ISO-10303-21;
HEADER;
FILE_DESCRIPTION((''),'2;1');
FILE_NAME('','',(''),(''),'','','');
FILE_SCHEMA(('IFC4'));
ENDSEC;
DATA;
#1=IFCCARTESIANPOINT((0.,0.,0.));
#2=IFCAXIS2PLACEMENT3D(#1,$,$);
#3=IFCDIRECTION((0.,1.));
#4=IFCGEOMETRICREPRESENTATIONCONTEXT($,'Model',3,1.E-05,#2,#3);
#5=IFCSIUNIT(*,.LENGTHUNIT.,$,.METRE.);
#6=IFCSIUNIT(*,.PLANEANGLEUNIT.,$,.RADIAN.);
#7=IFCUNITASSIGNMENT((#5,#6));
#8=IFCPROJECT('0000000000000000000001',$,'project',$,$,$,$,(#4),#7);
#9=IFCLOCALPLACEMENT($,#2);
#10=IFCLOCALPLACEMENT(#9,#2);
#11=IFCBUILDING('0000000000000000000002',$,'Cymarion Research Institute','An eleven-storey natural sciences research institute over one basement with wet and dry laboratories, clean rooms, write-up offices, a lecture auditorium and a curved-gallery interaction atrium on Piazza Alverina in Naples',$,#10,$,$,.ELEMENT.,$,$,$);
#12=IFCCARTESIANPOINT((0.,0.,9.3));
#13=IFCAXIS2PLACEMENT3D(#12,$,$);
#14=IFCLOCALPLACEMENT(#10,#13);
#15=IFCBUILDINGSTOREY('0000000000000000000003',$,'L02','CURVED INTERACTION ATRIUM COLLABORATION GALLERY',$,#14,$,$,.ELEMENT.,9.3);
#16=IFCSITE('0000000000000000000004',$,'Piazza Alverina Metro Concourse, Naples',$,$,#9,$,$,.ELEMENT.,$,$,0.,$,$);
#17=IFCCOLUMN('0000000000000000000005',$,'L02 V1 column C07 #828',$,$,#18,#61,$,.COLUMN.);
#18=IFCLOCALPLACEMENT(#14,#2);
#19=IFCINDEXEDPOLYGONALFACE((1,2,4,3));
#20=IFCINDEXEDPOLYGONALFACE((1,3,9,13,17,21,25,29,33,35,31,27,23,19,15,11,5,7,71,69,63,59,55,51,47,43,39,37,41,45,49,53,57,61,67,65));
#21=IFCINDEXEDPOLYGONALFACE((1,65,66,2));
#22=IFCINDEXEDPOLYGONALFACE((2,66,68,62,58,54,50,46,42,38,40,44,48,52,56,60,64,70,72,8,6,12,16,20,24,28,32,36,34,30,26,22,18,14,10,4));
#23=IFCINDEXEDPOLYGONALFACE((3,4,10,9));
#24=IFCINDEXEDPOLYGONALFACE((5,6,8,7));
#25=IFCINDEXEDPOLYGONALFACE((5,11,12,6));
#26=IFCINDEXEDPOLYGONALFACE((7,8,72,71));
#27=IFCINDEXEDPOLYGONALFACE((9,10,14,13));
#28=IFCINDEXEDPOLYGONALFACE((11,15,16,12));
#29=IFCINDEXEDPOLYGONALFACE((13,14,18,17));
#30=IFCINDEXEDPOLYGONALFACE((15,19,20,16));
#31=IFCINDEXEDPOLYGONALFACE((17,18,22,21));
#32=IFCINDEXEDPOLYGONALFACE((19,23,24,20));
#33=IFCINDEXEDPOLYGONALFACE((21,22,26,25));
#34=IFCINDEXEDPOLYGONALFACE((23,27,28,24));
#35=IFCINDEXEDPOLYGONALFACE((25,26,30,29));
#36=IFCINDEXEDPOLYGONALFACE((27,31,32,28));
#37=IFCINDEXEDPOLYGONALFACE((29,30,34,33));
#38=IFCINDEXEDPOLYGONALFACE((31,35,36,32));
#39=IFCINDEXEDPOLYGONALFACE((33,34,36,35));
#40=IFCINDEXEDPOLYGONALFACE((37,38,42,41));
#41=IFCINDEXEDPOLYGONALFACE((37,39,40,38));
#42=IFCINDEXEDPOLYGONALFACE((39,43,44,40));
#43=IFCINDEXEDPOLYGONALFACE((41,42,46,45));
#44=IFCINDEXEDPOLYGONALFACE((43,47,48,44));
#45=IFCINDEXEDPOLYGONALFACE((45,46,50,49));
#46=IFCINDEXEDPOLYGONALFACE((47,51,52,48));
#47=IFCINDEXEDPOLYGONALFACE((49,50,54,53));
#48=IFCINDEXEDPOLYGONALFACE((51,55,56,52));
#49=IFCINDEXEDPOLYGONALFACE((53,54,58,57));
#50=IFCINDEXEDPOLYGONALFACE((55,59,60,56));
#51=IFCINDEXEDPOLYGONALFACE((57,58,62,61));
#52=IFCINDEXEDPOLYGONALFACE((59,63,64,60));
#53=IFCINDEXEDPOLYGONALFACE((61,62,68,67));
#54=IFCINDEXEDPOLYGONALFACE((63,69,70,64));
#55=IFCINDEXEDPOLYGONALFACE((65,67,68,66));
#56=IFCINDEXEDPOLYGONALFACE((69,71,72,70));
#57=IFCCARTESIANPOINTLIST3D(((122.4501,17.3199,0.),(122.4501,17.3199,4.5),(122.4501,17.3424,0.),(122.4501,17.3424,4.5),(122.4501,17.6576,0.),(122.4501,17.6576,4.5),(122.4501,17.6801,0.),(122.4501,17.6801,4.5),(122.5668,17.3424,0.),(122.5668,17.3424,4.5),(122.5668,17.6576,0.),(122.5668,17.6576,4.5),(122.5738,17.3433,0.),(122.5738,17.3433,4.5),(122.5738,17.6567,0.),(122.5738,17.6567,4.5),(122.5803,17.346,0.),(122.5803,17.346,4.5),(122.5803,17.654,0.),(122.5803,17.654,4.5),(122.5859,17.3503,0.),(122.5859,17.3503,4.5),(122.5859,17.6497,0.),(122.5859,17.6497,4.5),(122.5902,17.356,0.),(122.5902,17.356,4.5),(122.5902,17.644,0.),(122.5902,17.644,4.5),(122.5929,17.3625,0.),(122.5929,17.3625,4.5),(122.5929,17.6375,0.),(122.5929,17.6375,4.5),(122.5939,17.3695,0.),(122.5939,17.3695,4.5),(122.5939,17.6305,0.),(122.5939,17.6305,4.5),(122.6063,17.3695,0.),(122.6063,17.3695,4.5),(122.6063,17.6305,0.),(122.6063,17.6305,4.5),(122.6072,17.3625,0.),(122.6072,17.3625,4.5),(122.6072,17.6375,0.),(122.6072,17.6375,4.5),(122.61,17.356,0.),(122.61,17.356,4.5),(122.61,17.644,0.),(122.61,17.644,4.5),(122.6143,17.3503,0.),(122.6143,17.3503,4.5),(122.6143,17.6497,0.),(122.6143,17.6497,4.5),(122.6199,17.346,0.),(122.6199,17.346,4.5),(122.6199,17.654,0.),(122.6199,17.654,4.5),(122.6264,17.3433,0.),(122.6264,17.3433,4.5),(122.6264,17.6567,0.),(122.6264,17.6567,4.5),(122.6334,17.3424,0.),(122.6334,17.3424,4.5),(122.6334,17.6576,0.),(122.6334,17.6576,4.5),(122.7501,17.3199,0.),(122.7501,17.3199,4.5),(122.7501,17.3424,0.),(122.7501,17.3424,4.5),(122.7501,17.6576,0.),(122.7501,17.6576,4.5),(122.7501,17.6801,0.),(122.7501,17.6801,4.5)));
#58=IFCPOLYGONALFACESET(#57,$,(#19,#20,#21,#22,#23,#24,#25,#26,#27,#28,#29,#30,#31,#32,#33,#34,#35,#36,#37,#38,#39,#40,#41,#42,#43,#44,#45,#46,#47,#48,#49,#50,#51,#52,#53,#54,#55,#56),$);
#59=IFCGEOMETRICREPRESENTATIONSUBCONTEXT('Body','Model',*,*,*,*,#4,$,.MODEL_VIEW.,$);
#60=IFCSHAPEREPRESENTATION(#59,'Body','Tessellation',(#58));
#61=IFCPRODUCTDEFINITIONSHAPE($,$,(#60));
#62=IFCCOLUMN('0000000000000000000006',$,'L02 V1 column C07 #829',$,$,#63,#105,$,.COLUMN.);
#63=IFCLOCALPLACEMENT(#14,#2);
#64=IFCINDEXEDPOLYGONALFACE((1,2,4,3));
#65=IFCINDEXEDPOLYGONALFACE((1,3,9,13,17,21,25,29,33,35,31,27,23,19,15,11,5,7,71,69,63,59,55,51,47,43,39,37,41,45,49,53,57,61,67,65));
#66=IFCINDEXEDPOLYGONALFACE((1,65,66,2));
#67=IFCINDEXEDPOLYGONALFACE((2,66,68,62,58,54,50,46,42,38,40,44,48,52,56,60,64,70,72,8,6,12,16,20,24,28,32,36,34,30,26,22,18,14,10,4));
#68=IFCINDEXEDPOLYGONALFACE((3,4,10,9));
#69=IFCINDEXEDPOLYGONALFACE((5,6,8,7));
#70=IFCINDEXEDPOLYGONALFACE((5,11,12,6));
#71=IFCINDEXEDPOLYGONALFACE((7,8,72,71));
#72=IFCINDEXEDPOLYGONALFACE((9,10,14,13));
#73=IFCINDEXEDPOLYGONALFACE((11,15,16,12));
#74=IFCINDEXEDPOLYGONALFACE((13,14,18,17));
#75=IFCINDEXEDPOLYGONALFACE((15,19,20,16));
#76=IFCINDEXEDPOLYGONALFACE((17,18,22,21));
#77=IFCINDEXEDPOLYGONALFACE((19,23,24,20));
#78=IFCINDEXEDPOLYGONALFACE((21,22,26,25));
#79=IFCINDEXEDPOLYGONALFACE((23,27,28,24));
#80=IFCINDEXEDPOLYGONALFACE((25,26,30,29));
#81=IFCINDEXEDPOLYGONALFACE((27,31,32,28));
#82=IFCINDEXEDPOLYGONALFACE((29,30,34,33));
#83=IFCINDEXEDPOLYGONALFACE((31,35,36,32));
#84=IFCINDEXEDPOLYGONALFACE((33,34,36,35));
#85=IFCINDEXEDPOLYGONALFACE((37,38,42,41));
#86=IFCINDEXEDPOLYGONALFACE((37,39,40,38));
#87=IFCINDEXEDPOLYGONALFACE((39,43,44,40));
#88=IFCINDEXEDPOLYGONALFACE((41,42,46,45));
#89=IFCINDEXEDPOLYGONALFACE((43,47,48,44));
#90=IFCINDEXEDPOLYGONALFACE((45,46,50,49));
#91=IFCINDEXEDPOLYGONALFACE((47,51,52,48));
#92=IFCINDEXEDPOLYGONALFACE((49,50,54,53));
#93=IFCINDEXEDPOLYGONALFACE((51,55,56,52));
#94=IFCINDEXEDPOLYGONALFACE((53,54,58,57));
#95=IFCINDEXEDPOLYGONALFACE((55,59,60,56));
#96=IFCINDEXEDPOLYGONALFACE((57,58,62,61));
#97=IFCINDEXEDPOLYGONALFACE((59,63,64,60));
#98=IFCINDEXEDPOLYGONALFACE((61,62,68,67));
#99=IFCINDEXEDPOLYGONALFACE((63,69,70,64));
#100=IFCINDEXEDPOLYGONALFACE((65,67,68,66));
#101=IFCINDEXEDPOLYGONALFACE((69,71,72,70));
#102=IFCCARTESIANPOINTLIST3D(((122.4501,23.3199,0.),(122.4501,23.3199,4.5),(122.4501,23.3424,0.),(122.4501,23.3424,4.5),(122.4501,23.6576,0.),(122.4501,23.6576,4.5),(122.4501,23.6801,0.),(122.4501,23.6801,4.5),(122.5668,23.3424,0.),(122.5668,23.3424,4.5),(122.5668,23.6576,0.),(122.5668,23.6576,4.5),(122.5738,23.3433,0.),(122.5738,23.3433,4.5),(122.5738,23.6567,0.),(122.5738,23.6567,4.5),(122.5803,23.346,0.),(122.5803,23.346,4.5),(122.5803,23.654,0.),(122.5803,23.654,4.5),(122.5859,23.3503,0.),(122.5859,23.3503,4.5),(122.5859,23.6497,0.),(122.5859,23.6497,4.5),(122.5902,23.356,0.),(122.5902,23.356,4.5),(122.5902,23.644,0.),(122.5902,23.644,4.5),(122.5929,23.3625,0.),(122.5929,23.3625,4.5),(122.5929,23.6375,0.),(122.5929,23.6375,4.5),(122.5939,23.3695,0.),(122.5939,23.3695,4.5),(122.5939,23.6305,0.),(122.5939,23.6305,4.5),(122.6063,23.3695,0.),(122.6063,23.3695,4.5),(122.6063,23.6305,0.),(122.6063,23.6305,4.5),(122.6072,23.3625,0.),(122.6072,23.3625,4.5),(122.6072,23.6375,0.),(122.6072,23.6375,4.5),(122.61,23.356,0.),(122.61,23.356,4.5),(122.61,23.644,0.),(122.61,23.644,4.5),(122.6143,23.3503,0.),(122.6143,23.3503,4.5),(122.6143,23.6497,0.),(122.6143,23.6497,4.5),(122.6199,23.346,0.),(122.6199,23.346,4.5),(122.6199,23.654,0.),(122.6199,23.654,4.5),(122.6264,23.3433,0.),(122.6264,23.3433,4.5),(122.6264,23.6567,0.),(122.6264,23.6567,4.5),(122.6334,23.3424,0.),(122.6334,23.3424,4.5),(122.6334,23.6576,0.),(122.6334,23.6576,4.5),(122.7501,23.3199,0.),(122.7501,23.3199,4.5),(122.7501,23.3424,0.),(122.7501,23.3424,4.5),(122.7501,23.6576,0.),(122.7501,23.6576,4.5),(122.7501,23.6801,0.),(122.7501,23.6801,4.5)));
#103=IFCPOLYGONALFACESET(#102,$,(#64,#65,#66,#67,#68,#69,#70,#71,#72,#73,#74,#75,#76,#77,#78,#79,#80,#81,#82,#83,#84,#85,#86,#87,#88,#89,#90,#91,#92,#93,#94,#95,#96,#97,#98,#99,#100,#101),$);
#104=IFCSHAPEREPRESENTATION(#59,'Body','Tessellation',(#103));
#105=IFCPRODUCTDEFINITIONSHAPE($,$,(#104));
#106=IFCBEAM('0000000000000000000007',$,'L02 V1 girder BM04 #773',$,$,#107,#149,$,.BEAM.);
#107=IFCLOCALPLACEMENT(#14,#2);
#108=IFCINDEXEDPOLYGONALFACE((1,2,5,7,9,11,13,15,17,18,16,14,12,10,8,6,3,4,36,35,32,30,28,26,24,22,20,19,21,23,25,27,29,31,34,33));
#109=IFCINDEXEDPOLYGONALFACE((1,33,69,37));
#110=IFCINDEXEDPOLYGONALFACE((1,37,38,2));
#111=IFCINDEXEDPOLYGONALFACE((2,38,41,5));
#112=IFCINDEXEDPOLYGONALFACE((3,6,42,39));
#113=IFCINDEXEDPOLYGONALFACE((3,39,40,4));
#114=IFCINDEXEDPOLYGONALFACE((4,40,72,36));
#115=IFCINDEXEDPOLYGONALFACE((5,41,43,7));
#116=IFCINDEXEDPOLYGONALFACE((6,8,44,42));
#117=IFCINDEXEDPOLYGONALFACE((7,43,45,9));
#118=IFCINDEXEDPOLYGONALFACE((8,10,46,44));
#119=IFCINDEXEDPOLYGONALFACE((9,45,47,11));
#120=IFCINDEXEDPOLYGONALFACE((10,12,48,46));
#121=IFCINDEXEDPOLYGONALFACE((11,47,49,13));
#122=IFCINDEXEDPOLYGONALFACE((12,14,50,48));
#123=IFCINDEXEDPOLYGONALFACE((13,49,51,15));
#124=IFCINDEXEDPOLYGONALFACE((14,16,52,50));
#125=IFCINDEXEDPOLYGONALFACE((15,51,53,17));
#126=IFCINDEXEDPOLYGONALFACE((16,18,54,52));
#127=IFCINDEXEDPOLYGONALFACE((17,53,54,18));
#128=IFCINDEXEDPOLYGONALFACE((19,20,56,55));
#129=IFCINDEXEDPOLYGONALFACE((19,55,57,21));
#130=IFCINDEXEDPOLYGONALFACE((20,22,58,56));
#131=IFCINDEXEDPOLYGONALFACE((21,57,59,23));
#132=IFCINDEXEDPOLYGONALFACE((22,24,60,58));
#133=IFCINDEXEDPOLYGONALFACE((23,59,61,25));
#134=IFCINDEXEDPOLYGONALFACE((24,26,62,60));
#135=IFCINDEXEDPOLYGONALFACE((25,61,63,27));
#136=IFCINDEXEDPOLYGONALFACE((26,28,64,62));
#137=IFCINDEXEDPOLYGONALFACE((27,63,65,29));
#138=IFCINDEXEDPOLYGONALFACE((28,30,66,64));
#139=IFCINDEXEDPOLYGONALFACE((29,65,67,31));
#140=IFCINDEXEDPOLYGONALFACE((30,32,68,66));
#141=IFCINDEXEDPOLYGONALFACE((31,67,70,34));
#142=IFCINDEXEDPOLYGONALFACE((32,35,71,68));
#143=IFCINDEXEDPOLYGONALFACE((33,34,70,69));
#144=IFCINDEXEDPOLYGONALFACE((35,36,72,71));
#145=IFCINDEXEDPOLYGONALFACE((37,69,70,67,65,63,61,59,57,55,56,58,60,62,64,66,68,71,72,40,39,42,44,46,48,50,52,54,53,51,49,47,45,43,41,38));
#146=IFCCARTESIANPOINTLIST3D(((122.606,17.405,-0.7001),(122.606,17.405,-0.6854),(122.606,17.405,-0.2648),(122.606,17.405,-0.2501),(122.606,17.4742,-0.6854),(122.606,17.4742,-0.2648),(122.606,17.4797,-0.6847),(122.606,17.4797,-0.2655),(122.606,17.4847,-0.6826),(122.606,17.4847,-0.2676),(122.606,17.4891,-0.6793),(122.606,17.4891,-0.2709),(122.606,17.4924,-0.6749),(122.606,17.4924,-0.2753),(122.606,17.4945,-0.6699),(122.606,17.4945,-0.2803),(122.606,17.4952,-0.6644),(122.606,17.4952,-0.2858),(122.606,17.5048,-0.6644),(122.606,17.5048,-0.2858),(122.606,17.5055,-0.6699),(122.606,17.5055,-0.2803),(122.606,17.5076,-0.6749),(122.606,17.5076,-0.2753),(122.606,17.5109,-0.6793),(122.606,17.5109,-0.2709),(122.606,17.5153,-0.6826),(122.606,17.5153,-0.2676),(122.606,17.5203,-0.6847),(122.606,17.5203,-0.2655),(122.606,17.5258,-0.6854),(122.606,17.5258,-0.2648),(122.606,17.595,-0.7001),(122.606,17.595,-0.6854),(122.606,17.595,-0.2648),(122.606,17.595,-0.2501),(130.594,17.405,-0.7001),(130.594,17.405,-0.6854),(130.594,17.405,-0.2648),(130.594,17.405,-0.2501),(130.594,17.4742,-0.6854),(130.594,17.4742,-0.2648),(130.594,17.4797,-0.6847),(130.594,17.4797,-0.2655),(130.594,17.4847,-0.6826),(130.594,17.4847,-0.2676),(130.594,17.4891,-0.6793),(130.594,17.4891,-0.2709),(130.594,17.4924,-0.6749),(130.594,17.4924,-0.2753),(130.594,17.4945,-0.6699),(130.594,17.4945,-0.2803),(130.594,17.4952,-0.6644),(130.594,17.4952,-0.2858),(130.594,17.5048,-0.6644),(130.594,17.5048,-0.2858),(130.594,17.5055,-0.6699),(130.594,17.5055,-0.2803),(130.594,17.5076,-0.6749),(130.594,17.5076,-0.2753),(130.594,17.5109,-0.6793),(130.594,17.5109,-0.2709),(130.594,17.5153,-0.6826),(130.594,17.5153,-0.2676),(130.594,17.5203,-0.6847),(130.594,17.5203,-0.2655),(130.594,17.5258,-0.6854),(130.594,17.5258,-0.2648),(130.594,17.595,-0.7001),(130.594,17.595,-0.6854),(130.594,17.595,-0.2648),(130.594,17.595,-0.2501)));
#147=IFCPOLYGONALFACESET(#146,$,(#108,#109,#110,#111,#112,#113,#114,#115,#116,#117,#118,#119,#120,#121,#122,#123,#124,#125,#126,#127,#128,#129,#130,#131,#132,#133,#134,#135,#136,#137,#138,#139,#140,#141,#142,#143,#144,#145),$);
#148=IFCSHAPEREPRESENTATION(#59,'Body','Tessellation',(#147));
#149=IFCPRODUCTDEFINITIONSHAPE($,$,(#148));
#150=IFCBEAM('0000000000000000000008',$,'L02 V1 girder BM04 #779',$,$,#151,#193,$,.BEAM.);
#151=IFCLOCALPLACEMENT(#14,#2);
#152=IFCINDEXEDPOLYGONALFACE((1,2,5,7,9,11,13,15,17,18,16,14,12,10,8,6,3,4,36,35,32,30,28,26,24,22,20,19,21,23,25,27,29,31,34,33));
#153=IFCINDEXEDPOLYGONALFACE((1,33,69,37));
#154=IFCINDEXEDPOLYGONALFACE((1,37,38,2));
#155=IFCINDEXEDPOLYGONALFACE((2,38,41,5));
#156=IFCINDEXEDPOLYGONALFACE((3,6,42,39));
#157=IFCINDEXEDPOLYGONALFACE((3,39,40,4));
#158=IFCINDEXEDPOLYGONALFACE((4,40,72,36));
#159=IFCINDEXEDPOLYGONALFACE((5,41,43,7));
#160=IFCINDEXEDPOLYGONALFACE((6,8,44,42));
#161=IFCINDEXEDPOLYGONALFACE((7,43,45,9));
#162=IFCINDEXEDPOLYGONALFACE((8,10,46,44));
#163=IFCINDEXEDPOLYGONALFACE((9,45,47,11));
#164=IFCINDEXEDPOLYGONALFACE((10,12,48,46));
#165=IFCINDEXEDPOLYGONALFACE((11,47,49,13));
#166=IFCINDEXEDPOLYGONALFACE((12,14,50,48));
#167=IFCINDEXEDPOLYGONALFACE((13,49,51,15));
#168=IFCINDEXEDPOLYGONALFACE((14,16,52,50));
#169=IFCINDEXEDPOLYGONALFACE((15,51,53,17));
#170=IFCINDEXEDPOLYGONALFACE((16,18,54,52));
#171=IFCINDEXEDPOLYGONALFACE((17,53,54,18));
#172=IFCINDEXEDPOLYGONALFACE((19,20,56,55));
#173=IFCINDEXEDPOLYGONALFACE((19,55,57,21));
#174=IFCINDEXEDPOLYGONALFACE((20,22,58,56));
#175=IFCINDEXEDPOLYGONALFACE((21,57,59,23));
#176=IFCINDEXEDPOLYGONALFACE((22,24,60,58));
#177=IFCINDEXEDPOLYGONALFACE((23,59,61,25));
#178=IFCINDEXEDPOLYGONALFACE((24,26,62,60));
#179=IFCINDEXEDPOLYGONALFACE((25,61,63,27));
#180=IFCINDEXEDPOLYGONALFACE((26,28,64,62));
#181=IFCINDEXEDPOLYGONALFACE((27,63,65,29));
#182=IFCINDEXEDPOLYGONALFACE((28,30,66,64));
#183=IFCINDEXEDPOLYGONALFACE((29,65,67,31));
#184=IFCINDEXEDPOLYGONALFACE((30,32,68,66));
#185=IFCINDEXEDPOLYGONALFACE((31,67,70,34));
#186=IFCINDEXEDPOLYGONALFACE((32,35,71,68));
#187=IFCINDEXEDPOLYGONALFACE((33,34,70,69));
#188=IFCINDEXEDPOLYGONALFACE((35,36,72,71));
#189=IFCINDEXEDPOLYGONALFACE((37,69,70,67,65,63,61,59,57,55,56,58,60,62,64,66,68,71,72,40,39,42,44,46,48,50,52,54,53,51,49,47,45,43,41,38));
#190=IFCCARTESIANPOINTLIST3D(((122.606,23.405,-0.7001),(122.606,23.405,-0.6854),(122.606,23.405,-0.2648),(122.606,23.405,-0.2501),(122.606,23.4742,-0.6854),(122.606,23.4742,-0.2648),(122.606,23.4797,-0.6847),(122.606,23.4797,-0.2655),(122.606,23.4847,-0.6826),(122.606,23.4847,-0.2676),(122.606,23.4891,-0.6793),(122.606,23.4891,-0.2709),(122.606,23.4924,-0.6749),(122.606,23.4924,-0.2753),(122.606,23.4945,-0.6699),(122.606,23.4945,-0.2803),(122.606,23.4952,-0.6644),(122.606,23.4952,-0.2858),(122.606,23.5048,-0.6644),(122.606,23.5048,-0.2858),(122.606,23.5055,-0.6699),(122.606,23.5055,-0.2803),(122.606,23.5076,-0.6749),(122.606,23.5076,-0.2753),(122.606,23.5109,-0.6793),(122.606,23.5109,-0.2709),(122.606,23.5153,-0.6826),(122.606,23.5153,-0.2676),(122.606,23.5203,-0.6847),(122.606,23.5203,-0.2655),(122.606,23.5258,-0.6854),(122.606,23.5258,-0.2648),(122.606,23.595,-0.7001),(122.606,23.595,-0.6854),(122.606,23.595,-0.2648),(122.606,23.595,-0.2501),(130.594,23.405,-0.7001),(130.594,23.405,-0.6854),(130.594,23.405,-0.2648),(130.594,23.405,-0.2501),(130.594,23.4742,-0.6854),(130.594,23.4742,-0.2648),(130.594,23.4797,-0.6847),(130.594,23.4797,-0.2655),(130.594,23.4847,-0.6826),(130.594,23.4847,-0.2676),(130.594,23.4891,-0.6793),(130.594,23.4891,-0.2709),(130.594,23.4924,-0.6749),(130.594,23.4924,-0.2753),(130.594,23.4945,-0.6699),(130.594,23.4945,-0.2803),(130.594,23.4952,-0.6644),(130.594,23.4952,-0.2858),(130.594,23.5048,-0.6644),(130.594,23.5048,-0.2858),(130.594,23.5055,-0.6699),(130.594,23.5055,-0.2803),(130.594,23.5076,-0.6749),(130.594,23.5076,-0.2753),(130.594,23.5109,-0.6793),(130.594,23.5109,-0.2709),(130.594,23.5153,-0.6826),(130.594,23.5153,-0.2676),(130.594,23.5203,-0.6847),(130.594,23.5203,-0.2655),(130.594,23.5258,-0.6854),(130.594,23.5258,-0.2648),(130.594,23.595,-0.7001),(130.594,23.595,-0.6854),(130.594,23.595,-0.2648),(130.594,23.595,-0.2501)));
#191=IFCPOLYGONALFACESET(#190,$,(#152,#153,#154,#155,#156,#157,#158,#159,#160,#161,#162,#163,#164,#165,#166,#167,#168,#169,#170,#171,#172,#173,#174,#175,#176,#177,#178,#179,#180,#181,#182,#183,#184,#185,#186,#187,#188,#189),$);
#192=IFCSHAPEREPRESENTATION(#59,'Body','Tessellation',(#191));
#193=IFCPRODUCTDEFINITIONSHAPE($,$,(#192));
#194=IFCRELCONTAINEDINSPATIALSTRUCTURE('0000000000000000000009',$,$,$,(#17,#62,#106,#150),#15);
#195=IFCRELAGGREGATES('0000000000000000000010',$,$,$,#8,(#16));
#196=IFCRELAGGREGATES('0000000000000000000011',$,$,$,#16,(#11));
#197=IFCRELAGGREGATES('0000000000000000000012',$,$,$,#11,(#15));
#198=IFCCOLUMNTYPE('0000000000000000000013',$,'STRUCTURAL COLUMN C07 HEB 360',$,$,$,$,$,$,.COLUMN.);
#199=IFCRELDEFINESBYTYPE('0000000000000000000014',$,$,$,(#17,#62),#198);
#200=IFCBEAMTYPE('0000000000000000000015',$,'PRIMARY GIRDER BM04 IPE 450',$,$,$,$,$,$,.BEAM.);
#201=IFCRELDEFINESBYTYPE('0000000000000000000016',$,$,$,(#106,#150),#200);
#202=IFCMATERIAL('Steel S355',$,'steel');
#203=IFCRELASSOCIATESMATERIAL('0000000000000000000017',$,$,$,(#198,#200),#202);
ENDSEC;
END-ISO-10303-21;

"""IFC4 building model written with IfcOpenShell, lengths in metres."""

from ifc_helpers import new_model, si_unit, direction, frame, origin, origin_2d, place, context, subcontext, project, spatial, i_section, extrude, material, material_profile, profile_set, type_object, element, save


model = new_model("IFC4")

# Units and contexts
model_context = context("Model", 3, precision=1e-05, world=origin(), true_north=direction((0.0, 1.0)))
body_context = subcontext(model_context, "Body", "Model", "MODEL_VIEW")
ifc_project = project(units=[si_unit("LENGTHUNIT", "METRE"), si_unit("PLANEANGLEUNIT", "RADIAN")], contexts=[model_context])

# Site, building, storey
site_placement = place(None, origin())
site = spatial("IfcSite", under=ifc_project, at=site_placement, Name="Piazza Alverina Metro Concourse, Naples", CompositionType="ELEMENT", RefElevation=0.0)
building_placement = place(site_placement, origin())
building = spatial("IfcBuilding", under=site, at=building_placement, Name="Cymarion Research Institute", Description="An eleven-storey natural sciences research institute over one basement with wet and dry laboratories, clean rooms, write-up offices, a lecture auditorium and a curved-gallery interaction atrium on Piazza Alverina in Naples", CompositionType="ELEMENT")
storey_placement = place(building_placement, frame((0.0, 0.0, 9.3)))
storey = spatial("IfcBuildingStorey", under=building, at=storey_placement, Name="L02", Description="CURVED INTERACTION ATRIUM COLLABORATION GALLERY", CompositionType="ELEMENT", Elevation=9.3)

# Columns
ifc_material_1 = material(Name="Steel S355", Category="steel")
ifc_material_profile_1 = material_profile(ifc_material_1, i_section(OverallWidth=0.3, OverallDepth=0.3601, WebThickness=0.0125, FlangeThickness=0.0225, FilletRadius=0.0271, at=origin_2d()), Name="HEB 360")
ifc_profile_set_1 = profile_set([ifc_material_profile_1], Name="Steel S355")
column_type = type_object("IfcColumnType", Name="STRUCTURAL COLUMN C07 HEB 360", PredefinedType="COLUMN", material=ifc_profile_set_1)
for number, where, z_axis, x_axis, name in (
    (1, (122.6001, 17.5, 0.0), (0.0, 0.0, 1.0), (1.0, 0.0, 0.0), "L02 V1 column C07 #828"),
    (2, (122.6001, 23.5, 0.0), (0.0, 0.0, 1.0), (1.0, 0.0, 0.0), "L02 V1 column C07 #829"),
):
    element("IfcColumn", number, at=place(storey_placement, frame(where, z_axis=z_axis, x_axis=x_axis)), inside=storey, type_object=column_type, Name=name, PredefinedType="COLUMN", context=body_context, shape_type="SweptSolid", body=[
        extrude(i_section(OverallWidth=0.3, OverallDepth=0.3601, WebThickness=0.0125, FlangeThickness=0.0225, FilletRadius=0.0271, at=origin_2d()), origin(), (0.0, 0.0, 1.0), 4.5),
    ])

# Beams
ifc_material_profile_2 = material_profile(ifc_material_1, i_section(OverallWidth=0.1899, OverallDepth=0.45, WebThickness=0.0095, FlangeThickness=0.0146, FilletRadius=0.021, at=origin_2d()), Name="IPE 450")
ifc_profile_set_2 = profile_set([ifc_material_profile_2], Name="Steel S355")
beam_type_1 = type_object("IfcBeamType", Name="PRIMARY GIRDER BM04 IPE 450", PredefinedType="BEAM", material=ifc_profile_set_2)
for number, where, z_axis, x_axis, name in (
    (3, (122.606, 17.5, -0.4751), (1.0, 0.0, 0.0), (0.0, 1.0, 0.0), "L02 V1 girder BM04 #773"),
    (4, (122.606, 23.5, -0.4751), (1.0, 0.0, 0.0), (0.0, 1.0, 0.0), "L02 V1 girder BM04 #779"),
):
    element("IfcBeam", number, at=place(storey_placement, frame(where, z_axis=z_axis, x_axis=x_axis)), inside=storey, type_object=beam_type_1, Name=name, PredefinedType="BEAM", context=body_context, shape_type="SweptSolid", body=[
        extrude(i_section(OverallWidth=0.1899, OverallDepth=0.45, WebThickness=0.0095, FlangeThickness=0.0146, FilletRadius=0.021, at=origin_2d()), origin(), (0.0, 0.0, 1.0), 7.988),
    ])

save(model, "model.ifc")
